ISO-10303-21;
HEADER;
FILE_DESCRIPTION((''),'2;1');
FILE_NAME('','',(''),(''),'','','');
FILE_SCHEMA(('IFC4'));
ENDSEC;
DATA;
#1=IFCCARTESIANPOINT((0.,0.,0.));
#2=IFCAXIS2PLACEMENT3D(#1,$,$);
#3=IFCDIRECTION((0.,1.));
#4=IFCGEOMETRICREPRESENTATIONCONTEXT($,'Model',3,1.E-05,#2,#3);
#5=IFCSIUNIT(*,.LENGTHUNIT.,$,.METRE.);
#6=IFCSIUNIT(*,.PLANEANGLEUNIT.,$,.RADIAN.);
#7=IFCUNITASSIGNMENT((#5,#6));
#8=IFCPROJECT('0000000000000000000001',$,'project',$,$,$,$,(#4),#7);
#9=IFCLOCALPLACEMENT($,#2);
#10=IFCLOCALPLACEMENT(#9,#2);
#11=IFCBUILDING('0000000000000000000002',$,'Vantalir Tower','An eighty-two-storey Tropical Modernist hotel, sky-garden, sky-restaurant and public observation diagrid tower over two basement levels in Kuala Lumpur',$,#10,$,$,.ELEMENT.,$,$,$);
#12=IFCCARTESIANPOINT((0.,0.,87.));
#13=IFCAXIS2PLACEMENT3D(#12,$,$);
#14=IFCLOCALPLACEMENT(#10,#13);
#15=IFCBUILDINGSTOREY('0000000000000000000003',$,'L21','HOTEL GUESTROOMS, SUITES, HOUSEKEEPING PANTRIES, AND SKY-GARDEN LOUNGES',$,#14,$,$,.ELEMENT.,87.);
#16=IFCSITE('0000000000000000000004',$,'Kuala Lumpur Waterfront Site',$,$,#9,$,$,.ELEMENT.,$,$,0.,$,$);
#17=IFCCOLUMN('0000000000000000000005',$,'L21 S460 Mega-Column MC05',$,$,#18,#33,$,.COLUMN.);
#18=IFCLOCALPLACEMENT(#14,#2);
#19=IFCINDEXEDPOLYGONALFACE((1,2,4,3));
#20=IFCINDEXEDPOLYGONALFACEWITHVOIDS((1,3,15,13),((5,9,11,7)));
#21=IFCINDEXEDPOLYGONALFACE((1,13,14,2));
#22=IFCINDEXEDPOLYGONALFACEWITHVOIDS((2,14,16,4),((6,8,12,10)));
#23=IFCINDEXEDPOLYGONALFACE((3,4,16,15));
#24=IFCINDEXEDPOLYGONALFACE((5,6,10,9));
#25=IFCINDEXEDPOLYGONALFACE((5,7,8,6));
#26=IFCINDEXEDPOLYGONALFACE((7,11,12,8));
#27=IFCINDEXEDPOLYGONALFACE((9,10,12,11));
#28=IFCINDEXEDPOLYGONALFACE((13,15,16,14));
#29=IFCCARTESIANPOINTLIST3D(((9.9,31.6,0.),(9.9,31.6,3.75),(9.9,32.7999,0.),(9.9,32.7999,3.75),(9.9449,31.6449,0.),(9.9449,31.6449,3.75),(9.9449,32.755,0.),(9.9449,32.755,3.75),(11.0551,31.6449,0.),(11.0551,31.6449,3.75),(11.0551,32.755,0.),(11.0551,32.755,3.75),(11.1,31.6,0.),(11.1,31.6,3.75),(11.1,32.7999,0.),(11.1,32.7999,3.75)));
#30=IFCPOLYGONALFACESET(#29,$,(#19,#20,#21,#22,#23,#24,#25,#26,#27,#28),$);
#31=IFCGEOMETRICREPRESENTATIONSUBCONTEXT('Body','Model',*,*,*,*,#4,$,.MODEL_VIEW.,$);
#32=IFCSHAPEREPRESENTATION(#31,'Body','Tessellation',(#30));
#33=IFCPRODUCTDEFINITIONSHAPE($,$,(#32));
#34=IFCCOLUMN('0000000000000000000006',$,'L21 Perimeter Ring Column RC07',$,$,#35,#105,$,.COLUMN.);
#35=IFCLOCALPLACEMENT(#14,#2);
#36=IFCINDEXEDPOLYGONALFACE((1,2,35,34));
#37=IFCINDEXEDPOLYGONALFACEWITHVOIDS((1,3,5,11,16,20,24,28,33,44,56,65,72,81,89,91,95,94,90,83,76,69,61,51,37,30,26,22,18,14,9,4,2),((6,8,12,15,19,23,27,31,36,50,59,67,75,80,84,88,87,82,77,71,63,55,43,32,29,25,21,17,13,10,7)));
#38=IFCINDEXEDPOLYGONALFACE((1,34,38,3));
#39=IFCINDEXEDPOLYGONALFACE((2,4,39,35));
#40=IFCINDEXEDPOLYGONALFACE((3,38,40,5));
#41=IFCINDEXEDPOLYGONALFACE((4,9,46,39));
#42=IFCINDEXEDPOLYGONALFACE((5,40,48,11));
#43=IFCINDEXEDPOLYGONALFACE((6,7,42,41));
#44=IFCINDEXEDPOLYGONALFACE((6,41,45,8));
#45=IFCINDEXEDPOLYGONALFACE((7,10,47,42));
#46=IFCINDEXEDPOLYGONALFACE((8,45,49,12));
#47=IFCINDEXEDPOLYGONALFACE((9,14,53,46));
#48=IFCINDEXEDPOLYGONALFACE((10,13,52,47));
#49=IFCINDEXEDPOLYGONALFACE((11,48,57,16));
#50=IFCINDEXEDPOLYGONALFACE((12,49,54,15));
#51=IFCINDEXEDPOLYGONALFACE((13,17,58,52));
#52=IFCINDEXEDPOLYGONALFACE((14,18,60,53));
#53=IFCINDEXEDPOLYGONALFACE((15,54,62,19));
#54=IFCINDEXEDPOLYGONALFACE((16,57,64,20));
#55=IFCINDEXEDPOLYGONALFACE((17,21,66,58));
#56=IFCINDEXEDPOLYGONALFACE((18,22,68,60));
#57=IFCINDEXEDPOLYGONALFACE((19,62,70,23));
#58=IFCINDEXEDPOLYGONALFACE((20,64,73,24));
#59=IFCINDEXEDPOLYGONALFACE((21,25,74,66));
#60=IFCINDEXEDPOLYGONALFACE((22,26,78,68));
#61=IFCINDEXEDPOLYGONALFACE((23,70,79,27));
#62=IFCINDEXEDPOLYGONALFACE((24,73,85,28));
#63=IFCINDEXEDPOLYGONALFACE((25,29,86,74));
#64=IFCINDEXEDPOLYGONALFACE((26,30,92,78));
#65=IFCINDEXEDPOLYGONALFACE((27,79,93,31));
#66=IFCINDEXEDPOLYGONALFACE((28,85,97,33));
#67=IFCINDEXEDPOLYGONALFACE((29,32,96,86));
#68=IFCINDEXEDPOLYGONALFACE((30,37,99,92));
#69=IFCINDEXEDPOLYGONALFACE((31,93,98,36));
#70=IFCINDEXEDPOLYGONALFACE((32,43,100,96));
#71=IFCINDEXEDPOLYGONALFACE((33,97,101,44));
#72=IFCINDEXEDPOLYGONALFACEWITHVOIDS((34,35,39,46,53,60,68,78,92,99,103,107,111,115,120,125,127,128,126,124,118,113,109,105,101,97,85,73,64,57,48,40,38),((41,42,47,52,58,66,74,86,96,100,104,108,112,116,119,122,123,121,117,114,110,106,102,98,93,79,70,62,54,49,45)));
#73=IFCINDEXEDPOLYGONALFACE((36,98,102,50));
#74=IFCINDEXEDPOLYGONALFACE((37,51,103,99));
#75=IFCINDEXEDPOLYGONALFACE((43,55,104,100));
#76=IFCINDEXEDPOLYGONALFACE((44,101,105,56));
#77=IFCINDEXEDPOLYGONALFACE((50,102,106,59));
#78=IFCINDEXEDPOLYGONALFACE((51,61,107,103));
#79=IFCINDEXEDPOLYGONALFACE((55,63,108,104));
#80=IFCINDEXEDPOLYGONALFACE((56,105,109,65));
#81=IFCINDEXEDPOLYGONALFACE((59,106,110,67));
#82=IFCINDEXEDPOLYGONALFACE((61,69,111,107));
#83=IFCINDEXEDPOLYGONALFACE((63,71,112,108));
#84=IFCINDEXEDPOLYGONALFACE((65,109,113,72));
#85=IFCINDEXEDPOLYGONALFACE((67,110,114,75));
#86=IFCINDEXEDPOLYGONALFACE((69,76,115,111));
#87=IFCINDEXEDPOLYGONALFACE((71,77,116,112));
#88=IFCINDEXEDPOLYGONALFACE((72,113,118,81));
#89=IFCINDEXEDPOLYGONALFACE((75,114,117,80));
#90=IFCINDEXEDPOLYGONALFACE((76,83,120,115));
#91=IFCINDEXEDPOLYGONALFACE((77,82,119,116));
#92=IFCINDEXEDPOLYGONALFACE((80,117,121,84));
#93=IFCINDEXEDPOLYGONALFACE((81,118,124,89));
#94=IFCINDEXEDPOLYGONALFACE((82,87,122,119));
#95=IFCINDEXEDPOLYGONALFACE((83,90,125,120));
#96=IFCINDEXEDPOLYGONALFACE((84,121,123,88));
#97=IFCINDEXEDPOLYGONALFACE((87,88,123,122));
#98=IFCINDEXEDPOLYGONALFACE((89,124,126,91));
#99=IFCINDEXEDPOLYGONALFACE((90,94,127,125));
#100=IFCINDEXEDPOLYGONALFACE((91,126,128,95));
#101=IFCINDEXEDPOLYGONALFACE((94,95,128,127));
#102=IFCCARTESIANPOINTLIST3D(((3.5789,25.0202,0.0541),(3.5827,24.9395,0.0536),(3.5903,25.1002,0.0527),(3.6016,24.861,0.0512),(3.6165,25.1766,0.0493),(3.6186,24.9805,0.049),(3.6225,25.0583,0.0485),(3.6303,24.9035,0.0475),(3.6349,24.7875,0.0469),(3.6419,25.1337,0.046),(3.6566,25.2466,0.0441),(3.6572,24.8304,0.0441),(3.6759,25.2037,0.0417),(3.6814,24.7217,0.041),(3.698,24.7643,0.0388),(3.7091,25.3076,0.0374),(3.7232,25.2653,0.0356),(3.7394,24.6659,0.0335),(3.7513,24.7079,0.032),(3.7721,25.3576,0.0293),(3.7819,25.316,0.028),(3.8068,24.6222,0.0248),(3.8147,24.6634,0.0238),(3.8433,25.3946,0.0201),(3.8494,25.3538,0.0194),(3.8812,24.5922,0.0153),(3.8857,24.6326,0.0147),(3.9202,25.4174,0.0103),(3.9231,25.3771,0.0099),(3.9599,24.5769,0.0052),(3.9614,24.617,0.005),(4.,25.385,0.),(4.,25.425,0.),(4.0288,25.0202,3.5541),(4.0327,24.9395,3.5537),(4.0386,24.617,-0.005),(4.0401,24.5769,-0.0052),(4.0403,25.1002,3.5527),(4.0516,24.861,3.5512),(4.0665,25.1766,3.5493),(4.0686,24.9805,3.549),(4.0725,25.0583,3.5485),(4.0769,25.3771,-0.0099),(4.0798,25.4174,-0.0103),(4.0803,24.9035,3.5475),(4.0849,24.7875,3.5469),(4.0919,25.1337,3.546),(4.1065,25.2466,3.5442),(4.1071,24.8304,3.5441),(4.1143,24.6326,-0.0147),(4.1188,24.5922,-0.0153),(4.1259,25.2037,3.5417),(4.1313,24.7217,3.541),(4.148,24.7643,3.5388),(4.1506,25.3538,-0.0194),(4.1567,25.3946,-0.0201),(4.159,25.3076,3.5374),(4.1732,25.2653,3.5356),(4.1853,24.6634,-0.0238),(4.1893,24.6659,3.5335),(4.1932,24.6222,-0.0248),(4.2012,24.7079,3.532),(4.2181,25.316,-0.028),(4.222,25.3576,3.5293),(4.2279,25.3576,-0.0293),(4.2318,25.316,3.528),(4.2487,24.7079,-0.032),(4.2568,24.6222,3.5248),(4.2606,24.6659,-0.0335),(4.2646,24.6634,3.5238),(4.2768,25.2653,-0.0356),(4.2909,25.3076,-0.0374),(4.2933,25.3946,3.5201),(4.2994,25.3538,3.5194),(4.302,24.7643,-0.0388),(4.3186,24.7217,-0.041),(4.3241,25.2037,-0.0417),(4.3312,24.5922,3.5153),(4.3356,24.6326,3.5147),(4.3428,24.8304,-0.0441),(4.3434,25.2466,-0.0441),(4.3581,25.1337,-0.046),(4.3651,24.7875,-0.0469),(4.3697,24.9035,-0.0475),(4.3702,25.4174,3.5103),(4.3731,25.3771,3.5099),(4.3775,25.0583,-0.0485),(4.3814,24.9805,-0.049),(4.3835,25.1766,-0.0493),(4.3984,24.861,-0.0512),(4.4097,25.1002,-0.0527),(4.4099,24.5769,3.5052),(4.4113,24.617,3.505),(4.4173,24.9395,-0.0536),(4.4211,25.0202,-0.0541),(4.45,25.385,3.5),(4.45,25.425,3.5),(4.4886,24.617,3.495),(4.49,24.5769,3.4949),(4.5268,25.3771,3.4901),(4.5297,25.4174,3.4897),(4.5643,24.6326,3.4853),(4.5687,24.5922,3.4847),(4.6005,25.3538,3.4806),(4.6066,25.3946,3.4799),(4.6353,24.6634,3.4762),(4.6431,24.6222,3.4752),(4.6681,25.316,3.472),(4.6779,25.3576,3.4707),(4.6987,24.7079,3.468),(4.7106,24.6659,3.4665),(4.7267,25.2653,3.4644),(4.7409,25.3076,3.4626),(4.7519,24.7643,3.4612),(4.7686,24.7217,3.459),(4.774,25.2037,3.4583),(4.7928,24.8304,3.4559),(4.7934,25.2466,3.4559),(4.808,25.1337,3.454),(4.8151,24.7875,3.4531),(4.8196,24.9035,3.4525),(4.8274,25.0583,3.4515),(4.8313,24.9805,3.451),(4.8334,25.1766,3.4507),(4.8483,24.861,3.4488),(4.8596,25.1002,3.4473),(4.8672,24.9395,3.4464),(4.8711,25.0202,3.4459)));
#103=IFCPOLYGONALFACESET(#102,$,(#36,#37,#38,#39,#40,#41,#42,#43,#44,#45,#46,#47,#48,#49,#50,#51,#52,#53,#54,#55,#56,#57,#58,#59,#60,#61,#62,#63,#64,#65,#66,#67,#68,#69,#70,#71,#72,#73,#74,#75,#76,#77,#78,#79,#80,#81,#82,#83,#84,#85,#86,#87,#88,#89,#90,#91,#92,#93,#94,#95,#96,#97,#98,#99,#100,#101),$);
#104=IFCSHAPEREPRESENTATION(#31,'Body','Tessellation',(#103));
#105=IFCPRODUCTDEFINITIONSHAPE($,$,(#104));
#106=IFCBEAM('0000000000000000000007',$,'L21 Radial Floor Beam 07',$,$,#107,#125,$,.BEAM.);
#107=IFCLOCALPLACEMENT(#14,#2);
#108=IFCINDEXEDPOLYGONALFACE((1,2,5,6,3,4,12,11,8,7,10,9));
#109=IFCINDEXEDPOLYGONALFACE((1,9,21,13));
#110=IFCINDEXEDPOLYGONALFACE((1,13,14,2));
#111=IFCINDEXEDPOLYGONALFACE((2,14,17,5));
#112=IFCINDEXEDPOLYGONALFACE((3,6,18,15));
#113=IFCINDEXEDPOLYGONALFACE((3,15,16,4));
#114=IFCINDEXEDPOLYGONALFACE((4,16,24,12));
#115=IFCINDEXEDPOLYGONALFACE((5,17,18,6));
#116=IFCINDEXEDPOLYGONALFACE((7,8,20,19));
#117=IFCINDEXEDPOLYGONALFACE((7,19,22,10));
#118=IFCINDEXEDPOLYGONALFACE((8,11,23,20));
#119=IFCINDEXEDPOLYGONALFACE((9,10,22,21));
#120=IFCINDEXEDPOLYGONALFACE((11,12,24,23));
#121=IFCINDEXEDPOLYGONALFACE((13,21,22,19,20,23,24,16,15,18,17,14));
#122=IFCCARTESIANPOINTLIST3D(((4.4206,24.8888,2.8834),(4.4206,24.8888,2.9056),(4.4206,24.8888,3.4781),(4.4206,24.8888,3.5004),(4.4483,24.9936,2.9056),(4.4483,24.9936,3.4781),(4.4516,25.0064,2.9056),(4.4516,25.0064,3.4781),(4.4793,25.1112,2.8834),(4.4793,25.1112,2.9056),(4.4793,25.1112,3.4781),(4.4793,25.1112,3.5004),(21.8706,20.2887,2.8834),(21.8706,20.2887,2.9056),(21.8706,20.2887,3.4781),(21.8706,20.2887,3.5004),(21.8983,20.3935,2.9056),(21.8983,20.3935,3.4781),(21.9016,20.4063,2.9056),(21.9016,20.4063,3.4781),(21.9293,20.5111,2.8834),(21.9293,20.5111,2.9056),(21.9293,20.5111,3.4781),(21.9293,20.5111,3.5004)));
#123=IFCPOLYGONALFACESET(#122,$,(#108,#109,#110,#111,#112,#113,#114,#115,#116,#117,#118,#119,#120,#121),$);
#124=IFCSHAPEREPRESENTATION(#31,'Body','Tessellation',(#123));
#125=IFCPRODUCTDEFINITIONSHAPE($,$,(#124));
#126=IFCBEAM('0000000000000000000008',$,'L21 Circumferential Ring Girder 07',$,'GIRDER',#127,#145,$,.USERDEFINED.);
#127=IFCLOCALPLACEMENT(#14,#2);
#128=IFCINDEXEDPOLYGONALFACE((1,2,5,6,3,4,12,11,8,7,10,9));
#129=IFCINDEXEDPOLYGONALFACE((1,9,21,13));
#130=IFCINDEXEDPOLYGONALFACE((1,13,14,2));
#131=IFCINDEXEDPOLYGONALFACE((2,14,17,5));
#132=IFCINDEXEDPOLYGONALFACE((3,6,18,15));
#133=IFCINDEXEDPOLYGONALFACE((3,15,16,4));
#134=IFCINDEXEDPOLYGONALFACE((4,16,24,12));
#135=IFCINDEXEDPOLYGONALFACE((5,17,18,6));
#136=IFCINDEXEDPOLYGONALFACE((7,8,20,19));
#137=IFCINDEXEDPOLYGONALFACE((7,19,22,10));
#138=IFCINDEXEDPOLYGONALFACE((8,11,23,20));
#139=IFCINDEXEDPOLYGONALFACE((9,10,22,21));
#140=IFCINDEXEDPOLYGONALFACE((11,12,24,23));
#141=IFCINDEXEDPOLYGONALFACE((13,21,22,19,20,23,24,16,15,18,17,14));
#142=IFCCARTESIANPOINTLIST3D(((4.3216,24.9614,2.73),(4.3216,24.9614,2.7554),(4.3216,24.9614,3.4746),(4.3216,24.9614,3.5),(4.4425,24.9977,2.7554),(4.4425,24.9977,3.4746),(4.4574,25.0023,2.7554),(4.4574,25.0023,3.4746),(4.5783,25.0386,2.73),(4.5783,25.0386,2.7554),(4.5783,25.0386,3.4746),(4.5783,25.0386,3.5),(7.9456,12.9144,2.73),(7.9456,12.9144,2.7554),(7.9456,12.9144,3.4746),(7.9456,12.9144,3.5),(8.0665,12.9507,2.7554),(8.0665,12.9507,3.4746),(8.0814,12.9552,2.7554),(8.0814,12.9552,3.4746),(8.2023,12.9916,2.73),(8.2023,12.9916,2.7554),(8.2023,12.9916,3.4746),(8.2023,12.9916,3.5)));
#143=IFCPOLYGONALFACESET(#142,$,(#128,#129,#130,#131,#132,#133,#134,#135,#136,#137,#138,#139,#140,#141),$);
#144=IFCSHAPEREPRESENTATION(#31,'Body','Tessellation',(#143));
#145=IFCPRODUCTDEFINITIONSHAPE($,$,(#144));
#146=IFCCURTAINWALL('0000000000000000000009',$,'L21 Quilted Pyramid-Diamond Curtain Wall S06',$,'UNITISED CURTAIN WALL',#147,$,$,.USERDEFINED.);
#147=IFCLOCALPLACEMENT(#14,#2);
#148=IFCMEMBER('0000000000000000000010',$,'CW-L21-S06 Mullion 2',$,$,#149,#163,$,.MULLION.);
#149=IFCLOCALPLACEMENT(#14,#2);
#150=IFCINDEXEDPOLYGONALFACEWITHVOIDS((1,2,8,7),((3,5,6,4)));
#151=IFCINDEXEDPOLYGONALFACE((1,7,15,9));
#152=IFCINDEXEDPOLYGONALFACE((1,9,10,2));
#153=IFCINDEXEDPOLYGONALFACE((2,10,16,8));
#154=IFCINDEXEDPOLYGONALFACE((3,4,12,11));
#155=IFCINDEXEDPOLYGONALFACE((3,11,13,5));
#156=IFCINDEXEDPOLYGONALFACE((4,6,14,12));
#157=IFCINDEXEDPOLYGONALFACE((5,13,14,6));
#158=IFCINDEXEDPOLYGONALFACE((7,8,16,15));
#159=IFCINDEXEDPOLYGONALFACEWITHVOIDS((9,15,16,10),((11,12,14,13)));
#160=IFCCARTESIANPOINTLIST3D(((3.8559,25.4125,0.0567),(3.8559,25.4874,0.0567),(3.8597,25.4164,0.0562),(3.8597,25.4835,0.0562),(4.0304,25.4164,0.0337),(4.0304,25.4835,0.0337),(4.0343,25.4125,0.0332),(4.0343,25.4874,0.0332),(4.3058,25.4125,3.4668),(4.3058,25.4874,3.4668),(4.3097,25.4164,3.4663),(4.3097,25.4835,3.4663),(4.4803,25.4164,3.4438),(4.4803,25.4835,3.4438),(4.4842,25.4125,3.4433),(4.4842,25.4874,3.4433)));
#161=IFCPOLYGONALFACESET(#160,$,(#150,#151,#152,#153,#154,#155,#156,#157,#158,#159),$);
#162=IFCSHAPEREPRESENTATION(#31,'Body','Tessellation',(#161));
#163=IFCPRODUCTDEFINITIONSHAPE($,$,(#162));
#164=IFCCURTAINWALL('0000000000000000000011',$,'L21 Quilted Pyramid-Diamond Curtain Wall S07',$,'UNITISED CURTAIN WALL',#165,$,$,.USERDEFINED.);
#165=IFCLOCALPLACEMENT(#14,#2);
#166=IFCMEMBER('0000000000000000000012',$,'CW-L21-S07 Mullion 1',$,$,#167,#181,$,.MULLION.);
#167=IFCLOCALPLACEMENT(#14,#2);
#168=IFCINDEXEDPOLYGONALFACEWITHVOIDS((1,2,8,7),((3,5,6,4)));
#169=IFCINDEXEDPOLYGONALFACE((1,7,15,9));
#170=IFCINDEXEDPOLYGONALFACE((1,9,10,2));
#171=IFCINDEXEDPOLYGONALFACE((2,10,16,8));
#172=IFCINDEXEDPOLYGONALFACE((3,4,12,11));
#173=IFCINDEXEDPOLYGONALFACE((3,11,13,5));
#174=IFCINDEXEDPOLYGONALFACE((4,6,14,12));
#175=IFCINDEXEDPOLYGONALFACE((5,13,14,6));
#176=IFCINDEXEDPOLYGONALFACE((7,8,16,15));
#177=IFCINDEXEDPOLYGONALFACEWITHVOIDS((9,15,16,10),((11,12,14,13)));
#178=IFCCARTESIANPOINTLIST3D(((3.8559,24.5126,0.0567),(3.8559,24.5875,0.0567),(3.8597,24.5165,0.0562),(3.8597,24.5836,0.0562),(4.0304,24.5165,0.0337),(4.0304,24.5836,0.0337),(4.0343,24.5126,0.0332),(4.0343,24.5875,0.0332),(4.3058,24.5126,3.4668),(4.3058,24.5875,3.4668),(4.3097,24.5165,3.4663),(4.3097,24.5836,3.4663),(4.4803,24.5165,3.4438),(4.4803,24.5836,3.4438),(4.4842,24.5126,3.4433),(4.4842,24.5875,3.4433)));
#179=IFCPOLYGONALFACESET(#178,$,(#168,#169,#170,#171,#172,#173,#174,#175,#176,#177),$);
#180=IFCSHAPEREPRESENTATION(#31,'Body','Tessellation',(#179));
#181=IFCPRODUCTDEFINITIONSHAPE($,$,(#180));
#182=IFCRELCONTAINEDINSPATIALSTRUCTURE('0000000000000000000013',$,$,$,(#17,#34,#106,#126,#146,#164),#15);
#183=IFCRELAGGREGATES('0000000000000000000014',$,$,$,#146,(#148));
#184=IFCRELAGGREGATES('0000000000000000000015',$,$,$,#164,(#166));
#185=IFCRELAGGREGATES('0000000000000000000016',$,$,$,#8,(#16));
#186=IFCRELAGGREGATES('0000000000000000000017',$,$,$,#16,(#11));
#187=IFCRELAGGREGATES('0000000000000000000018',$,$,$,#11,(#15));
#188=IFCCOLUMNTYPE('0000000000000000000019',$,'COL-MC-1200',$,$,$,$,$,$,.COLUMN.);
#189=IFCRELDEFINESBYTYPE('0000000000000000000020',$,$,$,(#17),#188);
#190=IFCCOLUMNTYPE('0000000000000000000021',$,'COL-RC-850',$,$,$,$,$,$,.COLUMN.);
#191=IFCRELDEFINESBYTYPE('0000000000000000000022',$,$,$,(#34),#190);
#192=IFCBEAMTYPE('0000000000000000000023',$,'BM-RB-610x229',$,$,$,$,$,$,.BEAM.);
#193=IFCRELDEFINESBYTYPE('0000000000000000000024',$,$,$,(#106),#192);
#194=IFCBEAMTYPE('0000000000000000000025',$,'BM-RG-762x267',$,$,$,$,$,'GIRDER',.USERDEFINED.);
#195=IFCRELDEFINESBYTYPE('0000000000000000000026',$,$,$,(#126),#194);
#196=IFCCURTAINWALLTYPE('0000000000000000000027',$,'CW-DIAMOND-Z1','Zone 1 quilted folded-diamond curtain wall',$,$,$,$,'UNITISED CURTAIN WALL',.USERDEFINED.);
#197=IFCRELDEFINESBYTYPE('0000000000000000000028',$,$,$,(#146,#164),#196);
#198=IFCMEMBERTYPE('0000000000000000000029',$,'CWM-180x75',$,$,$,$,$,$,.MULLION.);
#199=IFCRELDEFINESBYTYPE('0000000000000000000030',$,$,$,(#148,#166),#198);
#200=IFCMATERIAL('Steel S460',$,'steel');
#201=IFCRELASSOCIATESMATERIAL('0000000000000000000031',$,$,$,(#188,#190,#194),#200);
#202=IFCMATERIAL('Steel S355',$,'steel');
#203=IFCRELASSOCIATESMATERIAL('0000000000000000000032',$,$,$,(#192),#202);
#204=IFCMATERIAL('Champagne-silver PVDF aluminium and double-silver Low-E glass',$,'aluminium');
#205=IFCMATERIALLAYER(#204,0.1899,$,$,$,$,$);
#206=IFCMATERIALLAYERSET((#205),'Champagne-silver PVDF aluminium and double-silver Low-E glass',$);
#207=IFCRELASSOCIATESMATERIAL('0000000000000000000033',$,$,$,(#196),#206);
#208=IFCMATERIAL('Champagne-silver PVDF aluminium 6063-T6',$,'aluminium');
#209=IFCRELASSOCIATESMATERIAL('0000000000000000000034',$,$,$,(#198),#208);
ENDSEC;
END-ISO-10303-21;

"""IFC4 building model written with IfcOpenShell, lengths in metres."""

from ifc_helpers import new_model, si_unit, direction, frame, origin, origin_2d, place, context, subcontext, project, spatial, hollow_rectangle, hollow_circle, i_section, extrude, material, layer, layer_set, material_profile, profile_set, type_object, element, aggregate, save


model = new_model("IFC4")

# Units and contexts
model_context = context("Model", 3, precision=1e-05, world=origin(), true_north=direction((0.0, 1.0)))
body_context = subcontext(model_context, "Body", "Model", "MODEL_VIEW")
ifc_project = project(units=[si_unit("LENGTHUNIT", "METRE"), si_unit("PLANEANGLEUNIT", "RADIAN")], contexts=[model_context])

# Site, building, storey
site_placement = place(None, origin())
site = spatial("IfcSite", under=ifc_project, at=site_placement, Name="Kuala Lumpur Waterfront Site", CompositionType="ELEMENT", RefElevation=0.0)
building_placement = place(site_placement, origin())
building = spatial("IfcBuilding", under=site, at=building_placement, Name="Vantalir Tower", Description="An eighty-two-storey Tropical Modernist hotel, sky-garden, sky-restaurant and public observation diagrid tower over two basement levels in Kuala Lumpur", CompositionType="ELEMENT")
storey_placement = place(building_placement, frame((0.0, 0.0, 87.0)))
storey = spatial("IfcBuildingStorey", under=building, at=storey_placement, Name="L21", Description="HOTEL GUESTROOMS, SUITES, HOUSEKEEPING PANTRIES, AND SKY-GARDEN LOUNGES", CompositionType="ELEMENT", Elevation=87.0)

# Columns
ifc_material_1 = material(Name="Steel S460", Category="steel")
ifc_material_profile_1 = material_profile(ifc_material_1, hollow_rectangle(XDim=1.2, YDim=1.2, WallThickness=0.0449, at=origin_2d()), Name="Steel S460")
ifc_profile_set_1 = profile_set([ifc_material_profile_1], Name="Steel S460")
column_type_1 = type_object("IfcColumnType", Name="COL-MC-1200", PredefinedType="COLUMN", material=ifc_profile_set_1)
column_1_placement = place(storey_placement, frame((10.5, 32.2, 0.0), z_axis=(0.0, 0.0, 1.0), x_axis=(1.0, 0.0, 0.0)))
element("IfcColumn", 1, at=column_1_placement, inside=storey, type_object=column_type_1, Name="L21 S460 Mega-Column MC05", PredefinedType="COLUMN", context=body_context, shape_type="SweptSolid", body=[
    extrude(hollow_rectangle(XDim=1.2, YDim=1.2, WallThickness=0.0449, at=origin_2d()), origin(), (0.0, 0.0, 1.0), 3.75),
])
ifc_material_profile_2 = material_profile(ifc_material_1, hollow_circle(Radius=0.425, WallThickness=0.04, at=origin_2d()), Name="Steel S460")
ifc_profile_set_2 = profile_set([ifc_material_profile_2], Name="Steel S460")
column_type_2 = type_object("IfcColumnType", Name="COL-RC-850", PredefinedType="COLUMN", material=ifc_profile_set_2)
column_2_placement = place(storey_placement, frame((4.0, 25.0, 0.0), z_axis=(0.127508, 0.0, 0.991838), x_axis=(0.0, 1.0, 0.0)))
element("IfcColumn", 2, at=column_2_placement, inside=storey, type_object=column_type_2, Name="L21 Perimeter Ring Column RC07", PredefinedType="COLUMN", context=body_context, shape_type="SweptSolid", body=[
    extrude(hollow_circle(Radius=0.425, WallThickness=0.04, at=origin_2d()), origin(), (0.0, 0.0, 1.0), 3.5288),
])

# Beams
ifc_material_2 = material(Name="Steel S355", Category="steel")
ifc_material_profile_3 = material_profile(ifc_material_2, i_section(OverallWidth=0.23, OverallDepth=0.6169, WebThickness=0.0132, FlangeThickness=0.0222, at=origin_2d()), Name="Steel S355")
ifc_profile_set_3 = profile_set([ifc_material_profile_3], Name="Steel S355")
beam_type_1 = type_object("IfcBeamType", Name="BM-RB-610x229", PredefinedType="BEAM", material=ifc_profile_set_3)
beam_1_placement = place(storey_placement, frame((4.45, 25.0, 3.1919), z_axis=(0.966965, -0.254908, 0.0), x_axis=(0.254908, 0.966965, 0.0)))
element("IfcBeam", 3, at=beam_1_placement, inside=storey, type_object=beam_type_1, Name="L21 Radial Floor Beam 07", PredefinedType="BEAM", context=body_context, shape_type="SweptSolid", body=[
    extrude(i_section(OverallWidth=0.23, OverallDepth=0.6169, WebThickness=0.0132, FlangeThickness=0.0222, at=origin_2d()), origin(), (0.0, 0.0, 1.0), 18.0461),
])
ifc_material_profile_4 = material_profile(ifc_material_1, i_section(OverallWidth=0.2681, OverallDepth=0.77, WebThickness=0.0156, FlangeThickness=0.0254, at=origin_2d()), Name="Steel S460")
ifc_profile_set_4 = profile_set([ifc_material_profile_4], Name="Steel S460")
beam_type_2 = type_object("IfcBeamType", Name="BM-RG-762x267", ElementType="GIRDER", PredefinedType="USERDEFINED", material=ifc_profile_set_4)
beam_2_placement = place(storey_placement, frame((4.45, 25.0, 3.115), z_axis=(0.288069, -0.95761, 0.0), x_axis=(0.95761, 0.288069, 0.0)))
element("IfcBeam", 4, at=beam_2_placement, inside=storey, type_object=beam_type_2, Name="L21 Circumferential Ring Girder 07", ObjectType="GIRDER", PredefinedType="USERDEFINED", context=body_context, shape_type="SweptSolid", body=[
    extrude(i_section(OverallWidth=0.2681, OverallDepth=0.77, WebThickness=0.0156, FlangeThickness=0.0254, at=origin_2d()), origin(), (0.0, 0.0, 1.0), 12.5803),
])

# Curtain walls, members
ifc_material_3 = material(Name="Champagne-silver PVDF aluminium and double-silver Low-E glass", Category="aluminium")
ifc_layer_1 = layer(ifc_material_3, 0.1899)
ifc_layer_set_1 = layer_set([ifc_layer_1], Name="Champagne-silver PVDF aluminium and double-silver Low-E glass")
curtain_wall_type = type_object("IfcCurtainWallType", Name="CW-DIAMOND-Z1", Description="Zone 1 quilted folded-diamond curtain wall", ElementType="UNITISED CURTAIN WALL", PredefinedType="USERDEFINED", material=ifc_layer_set_1)
curtain_wall_1_placement = place(storey_placement, origin())
curtain_wall_1 = element("IfcCurtainWall", 5, at=curtain_wall_1_placement, inside=storey, type_object=curtain_wall_type, Name="L21 Quilted Pyramid-Diamond Curtain Wall S06", ObjectType="UNITISED CURTAIN WALL", PredefinedType="USERDEFINED")
ifc_material_4 = material(Name="Champagne-silver PVDF aluminium 6063-T6", Category="aluminium")
ifc_material_profile_5 = material_profile(ifc_material_4, hollow_rectangle(XDim=0.075, YDim=0.1799, WallThickness=0.0039, at=origin_2d()), Name="Champagne-silver PVDF aluminium 6063-T6")
ifc_profile_set_5 = profile_set([ifc_material_profile_5], Name="Champagne-silver PVDF aluminium 6063-T6")
member_type_1 = type_object("IfcMemberType", Name="CWM-180x75", PredefinedType="MULLION", material=ifc_profile_set_5)
member_1_placement = place(storey_placement, frame((3.9451, 25.45, 0.0449), z_axis=(0.130811, 0.0, 0.991407), x_axis=(0.0, 1.0, 0.0)))
member_1 = element("IfcMember", 6, at=member_1_placement, type_object=member_type_1, Name="CW-L21-S06 Mullion 2", PredefinedType="MULLION", context=body_context, shape_type="SweptSolid", body=[
    extrude(hollow_rectangle(XDim=0.075, YDim=0.1799, WallThickness=0.0039, at=origin_2d()), origin(), (0.0, 0.0, 1.0), 3.4397),
])
curtain_wall_2_placement = place(storey_placement, origin())
curtain_wall_2 = element("IfcCurtainWall", 7, at=curtain_wall_2_placement, inside=storey, type_object=curtain_wall_type, Name="L21 Quilted Pyramid-Diamond Curtain Wall S07", ObjectType="UNITISED CURTAIN WALL", PredefinedType="USERDEFINED")
member_2_placement = place(storey_placement, frame((3.9451, 24.55, 0.0449), z_axis=(0.130811, 0.0, 0.991407), x_axis=(0.0, 1.0, 0.0)))
member_2 = element("IfcMember", 8, at=member_2_placement, type_object=member_type_1, Name="CW-L21-S07 Mullion 1", PredefinedType="MULLION", context=body_context, shape_type="SweptSolid", body=[
    extrude(hollow_rectangle(XDim=0.075, YDim=0.1799, WallThickness=0.0039, at=origin_2d()), origin(), (0.0, 0.0, 1.0), 3.4397),
])

aggregate(curtain_wall_1, [member_1])
aggregate(curtain_wall_2, [member_2])

save(model, "model.ifc")
